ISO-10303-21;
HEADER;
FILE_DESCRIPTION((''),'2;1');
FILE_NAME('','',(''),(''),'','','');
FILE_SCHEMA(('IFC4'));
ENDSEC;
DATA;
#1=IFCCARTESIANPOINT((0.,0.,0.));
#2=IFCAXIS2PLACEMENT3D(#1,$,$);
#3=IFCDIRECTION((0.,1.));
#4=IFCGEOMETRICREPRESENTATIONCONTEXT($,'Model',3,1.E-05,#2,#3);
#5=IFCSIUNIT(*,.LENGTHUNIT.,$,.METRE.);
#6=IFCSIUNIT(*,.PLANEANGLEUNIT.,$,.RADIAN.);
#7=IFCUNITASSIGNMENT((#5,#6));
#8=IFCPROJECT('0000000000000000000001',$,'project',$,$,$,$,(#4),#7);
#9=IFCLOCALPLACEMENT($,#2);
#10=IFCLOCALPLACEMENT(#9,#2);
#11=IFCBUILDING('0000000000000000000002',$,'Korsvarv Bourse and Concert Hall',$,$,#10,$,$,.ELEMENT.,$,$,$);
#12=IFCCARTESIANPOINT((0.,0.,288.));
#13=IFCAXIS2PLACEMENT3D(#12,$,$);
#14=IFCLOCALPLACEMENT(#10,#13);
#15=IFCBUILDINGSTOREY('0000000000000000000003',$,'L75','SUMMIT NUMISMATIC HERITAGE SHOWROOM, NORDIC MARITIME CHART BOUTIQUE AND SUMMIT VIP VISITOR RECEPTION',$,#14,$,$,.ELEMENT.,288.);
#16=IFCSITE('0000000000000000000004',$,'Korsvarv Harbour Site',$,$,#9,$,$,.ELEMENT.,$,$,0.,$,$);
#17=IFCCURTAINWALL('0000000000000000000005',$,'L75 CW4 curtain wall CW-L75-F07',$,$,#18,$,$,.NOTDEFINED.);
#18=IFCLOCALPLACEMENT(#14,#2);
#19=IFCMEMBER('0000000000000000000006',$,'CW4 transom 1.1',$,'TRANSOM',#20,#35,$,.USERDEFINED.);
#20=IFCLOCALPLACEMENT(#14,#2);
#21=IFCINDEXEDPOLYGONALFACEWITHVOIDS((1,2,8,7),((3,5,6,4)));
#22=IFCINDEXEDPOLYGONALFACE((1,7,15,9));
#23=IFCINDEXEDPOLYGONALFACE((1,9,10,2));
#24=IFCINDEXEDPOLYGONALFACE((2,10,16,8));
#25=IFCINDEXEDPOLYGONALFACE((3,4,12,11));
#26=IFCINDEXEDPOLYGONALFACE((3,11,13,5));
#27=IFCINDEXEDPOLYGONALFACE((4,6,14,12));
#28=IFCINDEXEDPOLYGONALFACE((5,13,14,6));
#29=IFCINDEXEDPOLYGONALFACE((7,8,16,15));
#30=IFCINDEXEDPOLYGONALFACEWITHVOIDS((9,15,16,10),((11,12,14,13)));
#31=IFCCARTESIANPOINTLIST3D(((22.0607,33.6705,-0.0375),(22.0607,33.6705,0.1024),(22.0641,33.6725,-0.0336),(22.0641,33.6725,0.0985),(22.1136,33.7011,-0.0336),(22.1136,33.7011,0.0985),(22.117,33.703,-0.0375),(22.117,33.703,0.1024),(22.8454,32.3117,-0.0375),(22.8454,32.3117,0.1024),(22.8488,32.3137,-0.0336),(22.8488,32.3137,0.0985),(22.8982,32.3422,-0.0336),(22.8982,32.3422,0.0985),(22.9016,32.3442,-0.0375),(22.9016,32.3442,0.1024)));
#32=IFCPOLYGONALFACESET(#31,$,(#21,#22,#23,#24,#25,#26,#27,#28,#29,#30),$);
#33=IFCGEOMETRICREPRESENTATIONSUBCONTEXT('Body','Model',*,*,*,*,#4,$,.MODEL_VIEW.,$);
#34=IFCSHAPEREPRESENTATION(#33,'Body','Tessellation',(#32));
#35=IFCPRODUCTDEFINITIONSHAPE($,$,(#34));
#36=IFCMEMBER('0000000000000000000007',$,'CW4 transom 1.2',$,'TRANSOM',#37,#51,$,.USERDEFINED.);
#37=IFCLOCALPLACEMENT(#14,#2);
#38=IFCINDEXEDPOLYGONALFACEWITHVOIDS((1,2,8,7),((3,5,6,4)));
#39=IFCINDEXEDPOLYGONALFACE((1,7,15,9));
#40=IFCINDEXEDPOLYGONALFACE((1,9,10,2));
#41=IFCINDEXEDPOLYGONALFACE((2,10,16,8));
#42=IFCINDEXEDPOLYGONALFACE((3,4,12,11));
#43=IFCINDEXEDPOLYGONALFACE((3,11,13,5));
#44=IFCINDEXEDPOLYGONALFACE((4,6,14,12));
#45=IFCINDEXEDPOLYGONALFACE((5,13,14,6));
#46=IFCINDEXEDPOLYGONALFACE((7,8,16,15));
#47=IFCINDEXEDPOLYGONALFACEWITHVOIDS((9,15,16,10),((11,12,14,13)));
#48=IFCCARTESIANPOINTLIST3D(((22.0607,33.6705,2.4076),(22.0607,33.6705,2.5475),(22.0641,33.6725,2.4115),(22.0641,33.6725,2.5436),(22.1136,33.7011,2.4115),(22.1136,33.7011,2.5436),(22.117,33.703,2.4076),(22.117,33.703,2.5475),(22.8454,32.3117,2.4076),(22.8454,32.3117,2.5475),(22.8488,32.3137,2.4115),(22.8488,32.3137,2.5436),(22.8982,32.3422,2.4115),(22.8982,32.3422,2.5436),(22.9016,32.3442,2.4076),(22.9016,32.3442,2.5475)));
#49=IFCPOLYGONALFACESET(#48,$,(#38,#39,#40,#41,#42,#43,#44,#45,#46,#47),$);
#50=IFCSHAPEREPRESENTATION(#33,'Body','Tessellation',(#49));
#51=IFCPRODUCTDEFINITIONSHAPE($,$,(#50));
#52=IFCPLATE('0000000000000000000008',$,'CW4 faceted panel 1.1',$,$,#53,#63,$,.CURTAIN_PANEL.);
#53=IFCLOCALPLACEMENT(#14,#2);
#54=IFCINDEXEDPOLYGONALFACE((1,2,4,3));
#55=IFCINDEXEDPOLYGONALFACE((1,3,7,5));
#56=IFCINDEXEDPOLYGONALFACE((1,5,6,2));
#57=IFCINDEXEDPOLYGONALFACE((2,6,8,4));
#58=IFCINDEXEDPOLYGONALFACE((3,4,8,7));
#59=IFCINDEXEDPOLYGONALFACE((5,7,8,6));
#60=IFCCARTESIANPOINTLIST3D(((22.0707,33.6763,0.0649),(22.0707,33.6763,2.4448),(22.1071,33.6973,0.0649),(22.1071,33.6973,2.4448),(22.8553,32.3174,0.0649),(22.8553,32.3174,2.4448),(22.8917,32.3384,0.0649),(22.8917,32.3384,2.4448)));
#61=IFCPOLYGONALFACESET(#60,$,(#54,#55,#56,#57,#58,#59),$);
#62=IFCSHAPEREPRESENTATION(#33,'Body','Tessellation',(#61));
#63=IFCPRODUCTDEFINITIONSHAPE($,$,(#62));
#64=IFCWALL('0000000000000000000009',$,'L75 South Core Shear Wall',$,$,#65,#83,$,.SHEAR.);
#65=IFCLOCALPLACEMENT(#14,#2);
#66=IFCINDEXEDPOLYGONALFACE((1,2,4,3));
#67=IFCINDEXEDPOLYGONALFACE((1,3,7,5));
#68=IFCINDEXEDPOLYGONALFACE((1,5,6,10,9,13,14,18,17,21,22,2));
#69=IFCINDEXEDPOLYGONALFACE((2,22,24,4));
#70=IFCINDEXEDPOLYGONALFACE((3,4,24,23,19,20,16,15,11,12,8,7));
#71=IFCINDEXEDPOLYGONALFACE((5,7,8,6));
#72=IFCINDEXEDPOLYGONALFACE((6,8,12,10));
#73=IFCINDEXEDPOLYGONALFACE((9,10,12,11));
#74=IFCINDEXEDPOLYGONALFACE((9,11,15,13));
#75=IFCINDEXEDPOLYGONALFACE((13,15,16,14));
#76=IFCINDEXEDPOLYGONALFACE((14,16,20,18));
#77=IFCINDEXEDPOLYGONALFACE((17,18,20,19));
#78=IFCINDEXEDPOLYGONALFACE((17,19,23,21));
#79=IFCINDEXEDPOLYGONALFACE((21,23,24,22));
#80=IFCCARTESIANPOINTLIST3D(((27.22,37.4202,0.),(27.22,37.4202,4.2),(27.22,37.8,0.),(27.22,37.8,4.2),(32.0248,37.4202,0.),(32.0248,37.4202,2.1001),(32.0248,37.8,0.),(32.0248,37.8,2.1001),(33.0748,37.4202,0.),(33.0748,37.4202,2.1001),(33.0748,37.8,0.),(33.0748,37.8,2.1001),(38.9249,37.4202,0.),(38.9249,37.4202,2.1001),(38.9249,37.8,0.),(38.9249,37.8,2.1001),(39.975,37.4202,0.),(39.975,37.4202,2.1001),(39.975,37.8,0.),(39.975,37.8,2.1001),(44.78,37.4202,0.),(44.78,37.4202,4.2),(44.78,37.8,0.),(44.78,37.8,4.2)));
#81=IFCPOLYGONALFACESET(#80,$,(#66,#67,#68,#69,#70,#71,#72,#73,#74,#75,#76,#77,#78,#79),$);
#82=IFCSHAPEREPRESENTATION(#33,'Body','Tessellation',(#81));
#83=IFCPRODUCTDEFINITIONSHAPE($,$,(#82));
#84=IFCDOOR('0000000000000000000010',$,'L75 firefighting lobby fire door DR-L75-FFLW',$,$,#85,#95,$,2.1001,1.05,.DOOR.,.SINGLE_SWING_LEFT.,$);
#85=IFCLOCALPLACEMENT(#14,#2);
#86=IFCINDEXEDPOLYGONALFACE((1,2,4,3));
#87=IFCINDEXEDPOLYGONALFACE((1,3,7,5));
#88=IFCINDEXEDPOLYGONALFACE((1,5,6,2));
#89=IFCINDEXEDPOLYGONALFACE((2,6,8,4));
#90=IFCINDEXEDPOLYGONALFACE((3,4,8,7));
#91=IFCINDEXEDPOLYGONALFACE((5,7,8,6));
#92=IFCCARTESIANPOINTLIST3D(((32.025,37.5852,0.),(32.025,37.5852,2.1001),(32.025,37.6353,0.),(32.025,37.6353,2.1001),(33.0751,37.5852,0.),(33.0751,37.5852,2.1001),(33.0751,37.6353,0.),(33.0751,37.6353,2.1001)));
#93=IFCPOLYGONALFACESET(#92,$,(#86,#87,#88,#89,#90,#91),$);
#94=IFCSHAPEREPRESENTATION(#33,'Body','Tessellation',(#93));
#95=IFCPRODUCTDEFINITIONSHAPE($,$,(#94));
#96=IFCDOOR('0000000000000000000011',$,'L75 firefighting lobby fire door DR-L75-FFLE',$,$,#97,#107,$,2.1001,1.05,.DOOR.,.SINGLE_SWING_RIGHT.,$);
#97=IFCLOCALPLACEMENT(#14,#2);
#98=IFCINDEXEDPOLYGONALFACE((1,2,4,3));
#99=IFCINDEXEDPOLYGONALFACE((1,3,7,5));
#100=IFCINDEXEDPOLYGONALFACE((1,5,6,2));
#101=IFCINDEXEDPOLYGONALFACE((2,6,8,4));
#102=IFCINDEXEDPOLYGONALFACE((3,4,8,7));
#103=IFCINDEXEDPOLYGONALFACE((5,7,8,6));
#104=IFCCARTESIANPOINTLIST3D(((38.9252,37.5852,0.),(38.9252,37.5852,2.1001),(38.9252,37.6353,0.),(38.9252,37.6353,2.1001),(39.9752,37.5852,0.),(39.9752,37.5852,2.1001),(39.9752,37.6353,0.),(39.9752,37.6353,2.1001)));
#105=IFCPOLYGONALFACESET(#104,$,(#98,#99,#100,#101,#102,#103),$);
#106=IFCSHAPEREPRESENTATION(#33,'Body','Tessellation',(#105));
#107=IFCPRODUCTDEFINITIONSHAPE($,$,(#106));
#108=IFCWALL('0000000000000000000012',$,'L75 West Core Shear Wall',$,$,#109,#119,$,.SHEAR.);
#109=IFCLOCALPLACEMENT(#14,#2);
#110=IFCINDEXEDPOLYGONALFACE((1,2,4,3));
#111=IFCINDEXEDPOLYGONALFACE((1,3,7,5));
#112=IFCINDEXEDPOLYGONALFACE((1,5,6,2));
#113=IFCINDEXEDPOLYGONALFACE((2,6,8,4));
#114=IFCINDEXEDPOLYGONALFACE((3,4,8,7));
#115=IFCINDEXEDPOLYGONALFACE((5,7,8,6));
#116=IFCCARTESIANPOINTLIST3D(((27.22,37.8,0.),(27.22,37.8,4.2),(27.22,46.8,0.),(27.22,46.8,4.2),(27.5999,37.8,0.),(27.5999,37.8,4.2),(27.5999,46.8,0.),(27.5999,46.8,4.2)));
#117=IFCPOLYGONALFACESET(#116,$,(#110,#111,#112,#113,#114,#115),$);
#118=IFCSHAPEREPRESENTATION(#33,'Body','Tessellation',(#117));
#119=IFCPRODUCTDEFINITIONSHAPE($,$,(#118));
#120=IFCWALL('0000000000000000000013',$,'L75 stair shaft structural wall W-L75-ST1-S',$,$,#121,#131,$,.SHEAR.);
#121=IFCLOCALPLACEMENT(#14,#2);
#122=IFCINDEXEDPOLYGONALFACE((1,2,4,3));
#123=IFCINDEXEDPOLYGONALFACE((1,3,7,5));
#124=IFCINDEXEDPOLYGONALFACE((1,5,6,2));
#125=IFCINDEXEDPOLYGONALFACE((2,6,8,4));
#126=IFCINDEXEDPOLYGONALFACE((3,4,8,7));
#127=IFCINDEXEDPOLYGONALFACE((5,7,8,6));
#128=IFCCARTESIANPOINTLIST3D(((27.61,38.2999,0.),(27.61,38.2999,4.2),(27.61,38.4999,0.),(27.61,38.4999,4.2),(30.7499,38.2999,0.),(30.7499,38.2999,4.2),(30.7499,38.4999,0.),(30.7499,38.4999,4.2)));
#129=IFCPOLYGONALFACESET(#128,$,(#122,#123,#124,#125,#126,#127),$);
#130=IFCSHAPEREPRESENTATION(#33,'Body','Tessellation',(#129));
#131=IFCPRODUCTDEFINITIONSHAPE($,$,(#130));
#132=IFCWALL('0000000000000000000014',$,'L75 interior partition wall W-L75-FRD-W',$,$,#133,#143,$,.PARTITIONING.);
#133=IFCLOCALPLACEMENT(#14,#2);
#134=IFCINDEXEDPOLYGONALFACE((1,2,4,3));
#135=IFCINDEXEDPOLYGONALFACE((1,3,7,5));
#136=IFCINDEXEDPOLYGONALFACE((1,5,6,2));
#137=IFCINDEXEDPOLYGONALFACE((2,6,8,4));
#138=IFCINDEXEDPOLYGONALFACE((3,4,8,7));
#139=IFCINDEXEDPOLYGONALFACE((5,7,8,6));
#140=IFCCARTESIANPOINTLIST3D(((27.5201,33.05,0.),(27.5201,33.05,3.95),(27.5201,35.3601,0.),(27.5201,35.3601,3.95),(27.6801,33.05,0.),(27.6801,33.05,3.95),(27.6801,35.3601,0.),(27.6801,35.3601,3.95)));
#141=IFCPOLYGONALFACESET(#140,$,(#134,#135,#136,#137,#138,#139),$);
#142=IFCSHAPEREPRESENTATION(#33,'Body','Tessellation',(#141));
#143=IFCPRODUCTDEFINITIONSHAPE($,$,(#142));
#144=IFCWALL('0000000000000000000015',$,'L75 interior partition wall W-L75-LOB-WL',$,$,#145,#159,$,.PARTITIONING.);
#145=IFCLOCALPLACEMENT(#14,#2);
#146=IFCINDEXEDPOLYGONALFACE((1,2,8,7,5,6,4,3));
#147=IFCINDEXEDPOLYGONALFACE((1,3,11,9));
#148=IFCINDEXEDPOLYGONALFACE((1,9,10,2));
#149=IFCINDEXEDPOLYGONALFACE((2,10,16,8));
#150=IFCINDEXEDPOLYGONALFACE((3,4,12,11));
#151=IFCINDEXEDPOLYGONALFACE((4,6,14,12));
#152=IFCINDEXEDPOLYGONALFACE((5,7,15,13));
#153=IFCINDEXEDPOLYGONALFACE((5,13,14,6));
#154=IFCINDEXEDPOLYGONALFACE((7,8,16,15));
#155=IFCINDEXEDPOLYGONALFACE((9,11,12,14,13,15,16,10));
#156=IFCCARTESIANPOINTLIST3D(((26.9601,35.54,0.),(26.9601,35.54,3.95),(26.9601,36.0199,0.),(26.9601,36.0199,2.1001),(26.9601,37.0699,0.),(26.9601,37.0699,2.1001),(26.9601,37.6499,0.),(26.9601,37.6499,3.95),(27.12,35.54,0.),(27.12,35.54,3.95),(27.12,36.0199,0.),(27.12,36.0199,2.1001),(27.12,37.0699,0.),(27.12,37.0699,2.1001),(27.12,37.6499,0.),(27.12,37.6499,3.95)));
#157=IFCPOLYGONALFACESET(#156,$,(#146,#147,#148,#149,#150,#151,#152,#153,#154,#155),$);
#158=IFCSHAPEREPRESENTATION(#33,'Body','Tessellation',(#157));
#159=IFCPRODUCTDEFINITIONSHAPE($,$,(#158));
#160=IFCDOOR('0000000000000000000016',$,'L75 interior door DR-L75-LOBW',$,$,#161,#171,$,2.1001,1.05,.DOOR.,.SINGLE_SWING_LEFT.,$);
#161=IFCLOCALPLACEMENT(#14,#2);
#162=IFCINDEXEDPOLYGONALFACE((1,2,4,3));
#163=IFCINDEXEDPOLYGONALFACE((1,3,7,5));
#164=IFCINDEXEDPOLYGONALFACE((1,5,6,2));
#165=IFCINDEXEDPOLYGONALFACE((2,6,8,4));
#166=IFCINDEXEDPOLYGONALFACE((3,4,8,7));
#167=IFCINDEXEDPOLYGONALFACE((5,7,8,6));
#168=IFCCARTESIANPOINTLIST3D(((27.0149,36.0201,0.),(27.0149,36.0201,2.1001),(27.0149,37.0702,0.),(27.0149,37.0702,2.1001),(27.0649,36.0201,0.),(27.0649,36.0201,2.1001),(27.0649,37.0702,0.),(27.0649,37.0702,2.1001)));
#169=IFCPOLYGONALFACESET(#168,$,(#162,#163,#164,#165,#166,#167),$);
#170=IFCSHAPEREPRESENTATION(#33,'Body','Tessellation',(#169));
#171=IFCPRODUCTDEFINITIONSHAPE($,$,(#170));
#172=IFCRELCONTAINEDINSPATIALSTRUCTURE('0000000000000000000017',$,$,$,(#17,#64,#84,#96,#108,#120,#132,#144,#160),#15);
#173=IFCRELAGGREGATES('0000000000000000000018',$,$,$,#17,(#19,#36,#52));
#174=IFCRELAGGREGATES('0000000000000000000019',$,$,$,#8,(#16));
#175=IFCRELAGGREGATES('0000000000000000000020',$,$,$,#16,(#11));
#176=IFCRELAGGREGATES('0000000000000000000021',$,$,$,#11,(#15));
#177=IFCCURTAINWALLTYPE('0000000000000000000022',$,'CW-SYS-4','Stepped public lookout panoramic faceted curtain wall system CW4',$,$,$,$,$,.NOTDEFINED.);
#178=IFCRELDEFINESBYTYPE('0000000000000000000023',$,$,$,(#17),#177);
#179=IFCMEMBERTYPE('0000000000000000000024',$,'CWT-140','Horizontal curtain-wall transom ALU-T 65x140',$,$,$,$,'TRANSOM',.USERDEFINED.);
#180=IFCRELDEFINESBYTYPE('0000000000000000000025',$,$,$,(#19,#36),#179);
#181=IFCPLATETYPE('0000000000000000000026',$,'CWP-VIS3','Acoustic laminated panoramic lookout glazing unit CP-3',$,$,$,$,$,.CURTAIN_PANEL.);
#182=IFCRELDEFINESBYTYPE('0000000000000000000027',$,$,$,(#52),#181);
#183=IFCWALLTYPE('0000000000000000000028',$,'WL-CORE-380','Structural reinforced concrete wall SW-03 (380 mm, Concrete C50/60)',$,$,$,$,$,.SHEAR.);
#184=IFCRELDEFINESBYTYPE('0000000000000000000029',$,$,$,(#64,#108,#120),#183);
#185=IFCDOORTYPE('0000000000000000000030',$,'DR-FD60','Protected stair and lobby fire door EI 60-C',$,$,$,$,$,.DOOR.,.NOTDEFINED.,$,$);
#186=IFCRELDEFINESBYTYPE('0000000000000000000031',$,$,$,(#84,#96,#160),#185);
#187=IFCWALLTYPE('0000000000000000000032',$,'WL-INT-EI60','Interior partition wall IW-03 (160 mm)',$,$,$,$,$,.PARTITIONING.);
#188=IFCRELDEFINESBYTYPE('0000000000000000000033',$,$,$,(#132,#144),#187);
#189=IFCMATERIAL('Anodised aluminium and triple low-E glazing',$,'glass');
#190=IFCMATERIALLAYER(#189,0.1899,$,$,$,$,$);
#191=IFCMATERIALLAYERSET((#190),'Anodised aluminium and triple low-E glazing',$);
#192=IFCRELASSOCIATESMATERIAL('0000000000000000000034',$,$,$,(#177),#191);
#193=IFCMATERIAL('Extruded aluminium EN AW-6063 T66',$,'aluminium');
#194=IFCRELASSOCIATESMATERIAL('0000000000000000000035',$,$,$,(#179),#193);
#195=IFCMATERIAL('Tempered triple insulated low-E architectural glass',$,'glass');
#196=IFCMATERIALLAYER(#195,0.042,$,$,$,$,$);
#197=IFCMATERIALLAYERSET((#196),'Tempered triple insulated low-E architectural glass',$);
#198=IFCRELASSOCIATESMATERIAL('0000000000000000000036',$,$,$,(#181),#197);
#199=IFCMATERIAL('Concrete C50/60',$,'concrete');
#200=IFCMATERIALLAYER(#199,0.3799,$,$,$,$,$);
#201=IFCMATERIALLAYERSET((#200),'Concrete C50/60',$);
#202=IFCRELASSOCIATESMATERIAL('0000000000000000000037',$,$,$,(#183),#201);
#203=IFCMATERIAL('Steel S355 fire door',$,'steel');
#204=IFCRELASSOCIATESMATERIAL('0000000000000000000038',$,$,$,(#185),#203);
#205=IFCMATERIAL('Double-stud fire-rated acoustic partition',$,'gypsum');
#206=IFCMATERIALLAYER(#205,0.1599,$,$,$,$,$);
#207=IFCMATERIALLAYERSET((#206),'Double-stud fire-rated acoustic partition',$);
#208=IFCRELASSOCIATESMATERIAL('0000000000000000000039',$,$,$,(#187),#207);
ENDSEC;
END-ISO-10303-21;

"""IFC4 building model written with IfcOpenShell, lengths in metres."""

from ifc_helpers import new_model, si_unit, direction, frame, frame_2d, origin, origin_2d, place, context, subcontext, project, spatial, rectangle, hollow_rectangle, extrude, source, transform, mapped, material, layer, layer_set, material_profile, profile_set, type_object, element, fill, aggregate, save


model = new_model("IFC4")

# Units and contexts
model_context = context("Model", 3, precision=1e-05, world=origin(), true_north=direction((0.0, 1.0)))
body_context = subcontext(model_context, "Body", "Model", "MODEL_VIEW")
ifc_project = project(units=[si_unit("LENGTHUNIT", "METRE"), si_unit("PLANEANGLEUNIT", "RADIAN")], contexts=[model_context])

# Site, building, storey
site_placement = place(None, origin())
site = spatial("IfcSite", under=ifc_project, at=site_placement, Name="Korsvarv Harbour Site", CompositionType="ELEMENT", RefElevation=0.0)
building_placement = place(site_placement, origin())
building = spatial("IfcBuilding", under=site, at=building_placement, Name="Korsvarv Bourse and Concert Hall", CompositionType="ELEMENT")
storey_placement = place(building_placement, frame((0.0, 0.0, 288.0)))
storey = spatial("IfcBuildingStorey", under=building, at=storey_placement, Name="L75", Description="SUMMIT NUMISMATIC HERITAGE SHOWROOM, NORDIC MARITIME CHART BOUTIQUE AND SUMMIT VIP VISITOR RECEPTION", CompositionType="ELEMENT", Elevation=288.0)

# Shared definitions
ifc_material_1 = material(Name="Concrete C50/60", Category="concrete")

# Curtain wall, members, plate
ifc_material_2 = material(Name="Anodised aluminium and triple low-E glazing", Category="glass")
ifc_layer_1 = layer(ifc_material_2, 0.1899)
ifc_layer_set_1 = layer_set([ifc_layer_1], Name="Anodised aluminium and triple low-E glazing")
curtain_wall_type = type_object("IfcCurtainWallType", Name="CW-SYS-4", Description="Stepped public lookout panoramic faceted curtain wall system CW4", PredefinedType="NOTDEFINED", material=ifc_layer_set_1)
curtain_wall_placement = place(storey_placement, origin())
curtain_wall = element("IfcCurtainWall", 1, at=curtain_wall_placement, inside=storey, type_object=curtain_wall_type, Name="L75 CW4 curtain wall CW-L75-F07", PredefinedType="NOTDEFINED")
ifc_material_3 = material(Name="Extruded aluminium EN AW-6063 T66", Category="aluminium")
ifc_material_profile_1 = material_profile(ifc_material_3, hollow_rectangle(XDim=0.0649, YDim=0.1399, WallThickness=0.0039, at=origin_2d()), Name="ALU-T 65x140")
ifc_profile_set_1 = profile_set([ifc_material_profile_1], Name="Extruded aluminium EN AW-6063 T66")
member_type_1 = type_object("IfcMemberType", Name="CWT-140", Description="Horizontal curtain-wall transom ALU-T 65x140", ElementType="TRANSOM", PredefinedType="USERDEFINED", material=ifc_profile_set_1)
shared_shape_1 = source(origin(), body_context, "Body", "SweptSolid", [
    extrude(hollow_rectangle(XDim=0.0649, YDim=0.1399, WallThickness=0.0039, at=origin_2d()), origin(), (0.0, 0.0, 1.0), 1.5691),
])
member_1_placement = place(storey_placement, frame((22.0889, 33.6868, 0.0325), z_axis=(0.500055, -0.865994, 0.0), x_axis=(0.865994, 0.500055, 0.0)))
member_1 = element("IfcMember", 2, at=member_1_placement, type_object=member_type_1, Name="CW4 transom 1.1", ObjectType="TRANSOM", PredefinedType="USERDEFINED", context=body_context, shape_type="MappedRepresentation", body=[
    mapped(shared_shape_1, transform((0.0, 0.0, 0.0), scale=1.0)),
])
member_2_placement = place(storey_placement, frame((22.0889, 33.6868, 2.4775), z_axis=(0.500055, -0.865994, 0.0), x_axis=(0.865994, 0.500055, 0.0)))
member_2 = element("IfcMember", 3, at=member_2_placement, type_object=member_type_1, Name="CW4 transom 1.2", ObjectType="TRANSOM", PredefinedType="USERDEFINED", context=body_context, shape_type="MappedRepresentation", body=[
    mapped(shared_shape_1, transform((0.0, 0.0, 0.0), scale=1.0)),
])
ifc_material_4 = material(Name="Tempered triple insulated low-E architectural glass", Category="glass")
ifc_layer_2 = layer(ifc_material_4, 0.042)
ifc_layer_set_2 = layer_set([ifc_layer_2], Name="Tempered triple insulated low-E architectural glass")
plate_type = type_object("IfcPlateType", Name="CWP-VIS3", Description="Acoustic laminated panoramic lookout glazing unit CP-3", PredefinedType="CURTAIN_PANEL", material=ifc_layer_set_2)
shared_shape_2 = source(origin(), body_context, "Body", "SweptSolid", [
    extrude(rectangle(XDim=1.5691, YDim=0.042, at=origin_2d()), origin(), (0.0, 0.0, 1.0), 2.3799),
])
plate_placement = place(storey_placement, frame((22.4812, 33.0073, 0.0649), z_axis=(0.0, 0.0, 1.0), x_axis=(0.500005, -0.866023, 0.0)))
plate = element("IfcPlate", 4, at=plate_placement, type_object=plate_type, Name="CW4 faceted panel 1.1", PredefinedType="CURTAIN_PANEL", context=body_context, shape_type="MappedRepresentation", body=[
    mapped(shared_shape_2, transform((0.0, 0.0, 0.0), scale=1.0)),
])
aggregate(curtain_wall, [member_1, member_2, plate])

# Wall, openings, doors
ifc_layer_3 = layer(ifc_material_1, 0.3799)
ifc_layer_set_3 = layer_set([ifc_layer_3], Name="Concrete C50/60")
wall_type_1 = type_object("IfcWallType", Name="WL-CORE-380", Description="Structural reinforced concrete wall SW-03 (380 mm, Concrete C50/60)", PredefinedType="SHEAR", material=ifc_layer_set_3)
wall_1_placement = place(storey_placement, frame((27.22, 37.6101, 0.0), z_axis=(0.0, 0.0, 1.0), x_axis=(1.0, 0.0, 0.0)))
wall_1 = element("IfcWall", 5, at=wall_1_placement, inside=storey, type_object=wall_type_1, Name="L75 South Core Shear Wall", PredefinedType="SHEAR", context=body_context, shape_type="SweptSolid", body=[
    extrude(rectangle(XDim=17.5601, YDim=0.3799, at=frame_2d((8.78, 0.0))), origin(), (0.0, 0.0, 1.0), 4.2),
])
opening_1_placement = place(wall_1_placement, frame((4.8049, 0.0, 0.0)))
opening_1 = element("IfcOpeningElement", 6, at=opening_1_placement, cuts=wall_1, PredefinedType="OPENING", context=body_context, shape_type="SweptSolid", body=[
    extrude(rectangle(XDim=1.05, YDim=2.1001, at=frame_2d((0.5249, 1.05))), frame((0.0, 0.2, 0.0), z_axis=(0.0, -1.0, 0.0), x_axis=(1.0, 0.0, 0.0)), (0.0, 0.0, 1.0), 0.3999),
])
opening_2_placement = place(wall_1_placement, frame((11.7051, 0.0, 0.0)))
opening_2 = element("IfcOpeningElement", 7, at=opening_2_placement, cuts=wall_1, PredefinedType="OPENING", context=body_context, shape_type="SweptSolid", body=[
    extrude(rectangle(XDim=1.05, YDim=2.1001, at=frame_2d((0.5249, 1.05))), frame((0.0, 0.2, 0.0), z_axis=(0.0, -1.0, 0.0), x_axis=(1.0, 0.0, 0.0)), (0.0, 0.0, 1.0), 0.3999),
])
ifc_material_5 = material(Name="Steel S355 fire door", Category="steel")
door_type = type_object("IfcDoorType", Name="DR-FD60", Description="Protected stair and lobby fire door EI 60-C", OperationType="NOTDEFINED", PredefinedType="DOOR", material=ifc_material_5)
door_1_placement = place(opening_1_placement, frame((1.05, 0.0, 0.0), z_axis=(0.0, 0.0, 1.0), x_axis=(-1.0, 0.0, 0.0)))
door_1 = element("IfcDoor", 8, at=door_1_placement, inside=storey, type_object=door_type, Name="L75 firefighting lobby fire door DR-L75-FFLW", OperationType="SINGLE_SWING_LEFT", OverallHeight=2.1001, OverallWidth=1.05, PredefinedType="DOOR", context=body_context, shape_type="SweptSolid", body=[
    extrude(rectangle(XDim=1.05, YDim=2.1001, at=frame_2d((0.5249, 1.05))), frame((0.0, 0.0249, 0.0), z_axis=(0.0, -1.0, 0.0), x_axis=(1.0, 0.0, 0.0)), (0.0, 0.0, 1.0), 0.05),
])
fill(opening_1, door_1)
door_2_placement = place(opening_2_placement, frame((1.05, 0.0, 0.0), z_axis=(0.0, 0.0, 1.0), x_axis=(-1.0, 0.0, 0.0)))
door_2 = element("IfcDoor", 9, at=door_2_placement, inside=storey, type_object=door_type, Name="L75 firefighting lobby fire door DR-L75-FFLE", OperationType="SINGLE_SWING_RIGHT", OverallHeight=2.1001, OverallWidth=1.05, PredefinedType="DOOR", context=body_context, shape_type="SweptSolid", body=[
    extrude(rectangle(XDim=1.05, YDim=2.1001, at=frame_2d((0.5249, 1.05))), frame((0.0, 0.0249, 0.0), z_axis=(0.0, -1.0, 0.0), x_axis=(1.0, 0.0, 0.0)), (0.0, 0.0, 1.0), 0.05),
])
fill(opening_2, door_2)

# Walls
wall_2_placement = place(storey_placement, frame((27.4099, 37.8, 0.0), z_axis=(0.0, 0.0, 1.0), x_axis=(0.0, 1.0, 0.0)))
element("IfcWall", 10, at=wall_2_placement, inside=storey, type_object=wall_type_1, Name="L75 West Core Shear Wall", PredefinedType="SHEAR", context=body_context, shape_type="SweptSolid", body=[
    extrude(rectangle(XDim=9.0, YDim=0.3799, at=frame_2d((4.5, 0.0))), origin(), (0.0, 0.0, 1.0), 4.2),
])
wall_3_placement = place(storey_placement, frame((27.6101, 38.3999, 0.0), z_axis=(0.0, 0.0, 1.0), x_axis=(1.0, 0.0, 0.0)))
element("IfcWall", 11, at=wall_3_placement, inside=storey, type_object=wall_type_1, Name="L75 stair shaft structural wall W-L75-ST1-S", PredefinedType="SHEAR", context=body_context, shape_type="SweptSolid", body=[
    extrude(rectangle(XDim=3.1399, YDim=0.2, at=frame_2d((1.5698, 0.0))), origin(), (0.0, 0.0, 1.0), 4.2),
])
ifc_material_6 = material(Name="Double-stud fire-rated acoustic partition", Category="gypsum")
ifc_layer_4 = layer(ifc_material_6, 0.1599)
ifc_layer_set_4 = layer_set([ifc_layer_4], Name="Double-stud fire-rated acoustic partition")
wall_type_2 = type_object("IfcWallType", Name="WL-INT-EI60", Description="Interior partition wall IW-03 (160 mm)", PredefinedType="PARTITIONING", material=ifc_layer_set_4)
wall_4_placement = place(storey_placement, frame((27.6001, 33.05, 0.0), z_axis=(0.0, 0.0, 1.0), x_axis=(0.0, 1.0, 0.0)))
element("IfcWall", 12, at=wall_4_placement, inside=storey, type_object=wall_type_2, Name="L75 interior partition wall W-L75-FRD-W", PredefinedType="PARTITIONING", context=body_context, shape_type="SweptSolid", body=[
    extrude(rectangle(XDim=2.3101, YDim=0.1599, at=frame_2d((1.155, 0.0))), origin(), (0.0, 0.0, 1.0), 3.95),
])

# Wall, opening, door
wall_5_placement = place(storey_placement, frame((27.04, 35.54, 0.0), z_axis=(0.0, 0.0, 1.0), x_axis=(0.0, 1.0, 0.0)))
wall_5 = element("IfcWall", 13, at=wall_5_placement, inside=storey, type_object=wall_type_2, Name="L75 interior partition wall W-L75-LOB-WL", PredefinedType="PARTITIONING", context=body_context, shape_type="SweptSolid", body=[
    extrude(rectangle(XDim=2.1099, YDim=0.1599, at=frame_2d((1.0549, 0.0))), origin(), (0.0, 0.0, 1.0), 3.95),
])
opening_3_placement = place(wall_5_placement, frame((0.48, 0.0, 0.0)))
opening_3 = element("IfcOpeningElement", 14, at=opening_3_placement, cuts=wall_5, PredefinedType="OPENING", context=body_context, shape_type="SweptSolid", body=[
    extrude(rectangle(XDim=1.05, YDim=2.1001, at=frame_2d((0.5249, 1.05))), frame((0.0, 0.0898, 0.0), z_axis=(0.0, -1.0, 0.0), x_axis=(1.0, 0.0, 0.0)), (0.0, 0.0, 1.0), 0.1799),
])
door_3_placement = place(opening_3_placement, frame((1.05, 0.0, 0.0), z_axis=(0.0, 0.0, 1.0), x_axis=(-1.0, 0.0, 0.0)))
door_3 = element("IfcDoor", 15, at=door_3_placement, inside=storey, type_object=door_type, Name="L75 interior door DR-L75-LOBW", OperationType="SINGLE_SWING_LEFT", OverallHeight=2.1001, OverallWidth=1.05, PredefinedType="DOOR", context=body_context, shape_type="SweptSolid", body=[
    extrude(rectangle(XDim=1.05, YDim=2.1001, at=frame_2d((0.5249, 1.05))), frame((0.0, 0.0249, 0.0), z_axis=(0.0, -1.0, 0.0), x_axis=(1.0, 0.0, 0.0)), (0.0, 0.0, 1.0), 0.05),
])
fill(opening_3, door_3)

save(model, "model.ifc")
